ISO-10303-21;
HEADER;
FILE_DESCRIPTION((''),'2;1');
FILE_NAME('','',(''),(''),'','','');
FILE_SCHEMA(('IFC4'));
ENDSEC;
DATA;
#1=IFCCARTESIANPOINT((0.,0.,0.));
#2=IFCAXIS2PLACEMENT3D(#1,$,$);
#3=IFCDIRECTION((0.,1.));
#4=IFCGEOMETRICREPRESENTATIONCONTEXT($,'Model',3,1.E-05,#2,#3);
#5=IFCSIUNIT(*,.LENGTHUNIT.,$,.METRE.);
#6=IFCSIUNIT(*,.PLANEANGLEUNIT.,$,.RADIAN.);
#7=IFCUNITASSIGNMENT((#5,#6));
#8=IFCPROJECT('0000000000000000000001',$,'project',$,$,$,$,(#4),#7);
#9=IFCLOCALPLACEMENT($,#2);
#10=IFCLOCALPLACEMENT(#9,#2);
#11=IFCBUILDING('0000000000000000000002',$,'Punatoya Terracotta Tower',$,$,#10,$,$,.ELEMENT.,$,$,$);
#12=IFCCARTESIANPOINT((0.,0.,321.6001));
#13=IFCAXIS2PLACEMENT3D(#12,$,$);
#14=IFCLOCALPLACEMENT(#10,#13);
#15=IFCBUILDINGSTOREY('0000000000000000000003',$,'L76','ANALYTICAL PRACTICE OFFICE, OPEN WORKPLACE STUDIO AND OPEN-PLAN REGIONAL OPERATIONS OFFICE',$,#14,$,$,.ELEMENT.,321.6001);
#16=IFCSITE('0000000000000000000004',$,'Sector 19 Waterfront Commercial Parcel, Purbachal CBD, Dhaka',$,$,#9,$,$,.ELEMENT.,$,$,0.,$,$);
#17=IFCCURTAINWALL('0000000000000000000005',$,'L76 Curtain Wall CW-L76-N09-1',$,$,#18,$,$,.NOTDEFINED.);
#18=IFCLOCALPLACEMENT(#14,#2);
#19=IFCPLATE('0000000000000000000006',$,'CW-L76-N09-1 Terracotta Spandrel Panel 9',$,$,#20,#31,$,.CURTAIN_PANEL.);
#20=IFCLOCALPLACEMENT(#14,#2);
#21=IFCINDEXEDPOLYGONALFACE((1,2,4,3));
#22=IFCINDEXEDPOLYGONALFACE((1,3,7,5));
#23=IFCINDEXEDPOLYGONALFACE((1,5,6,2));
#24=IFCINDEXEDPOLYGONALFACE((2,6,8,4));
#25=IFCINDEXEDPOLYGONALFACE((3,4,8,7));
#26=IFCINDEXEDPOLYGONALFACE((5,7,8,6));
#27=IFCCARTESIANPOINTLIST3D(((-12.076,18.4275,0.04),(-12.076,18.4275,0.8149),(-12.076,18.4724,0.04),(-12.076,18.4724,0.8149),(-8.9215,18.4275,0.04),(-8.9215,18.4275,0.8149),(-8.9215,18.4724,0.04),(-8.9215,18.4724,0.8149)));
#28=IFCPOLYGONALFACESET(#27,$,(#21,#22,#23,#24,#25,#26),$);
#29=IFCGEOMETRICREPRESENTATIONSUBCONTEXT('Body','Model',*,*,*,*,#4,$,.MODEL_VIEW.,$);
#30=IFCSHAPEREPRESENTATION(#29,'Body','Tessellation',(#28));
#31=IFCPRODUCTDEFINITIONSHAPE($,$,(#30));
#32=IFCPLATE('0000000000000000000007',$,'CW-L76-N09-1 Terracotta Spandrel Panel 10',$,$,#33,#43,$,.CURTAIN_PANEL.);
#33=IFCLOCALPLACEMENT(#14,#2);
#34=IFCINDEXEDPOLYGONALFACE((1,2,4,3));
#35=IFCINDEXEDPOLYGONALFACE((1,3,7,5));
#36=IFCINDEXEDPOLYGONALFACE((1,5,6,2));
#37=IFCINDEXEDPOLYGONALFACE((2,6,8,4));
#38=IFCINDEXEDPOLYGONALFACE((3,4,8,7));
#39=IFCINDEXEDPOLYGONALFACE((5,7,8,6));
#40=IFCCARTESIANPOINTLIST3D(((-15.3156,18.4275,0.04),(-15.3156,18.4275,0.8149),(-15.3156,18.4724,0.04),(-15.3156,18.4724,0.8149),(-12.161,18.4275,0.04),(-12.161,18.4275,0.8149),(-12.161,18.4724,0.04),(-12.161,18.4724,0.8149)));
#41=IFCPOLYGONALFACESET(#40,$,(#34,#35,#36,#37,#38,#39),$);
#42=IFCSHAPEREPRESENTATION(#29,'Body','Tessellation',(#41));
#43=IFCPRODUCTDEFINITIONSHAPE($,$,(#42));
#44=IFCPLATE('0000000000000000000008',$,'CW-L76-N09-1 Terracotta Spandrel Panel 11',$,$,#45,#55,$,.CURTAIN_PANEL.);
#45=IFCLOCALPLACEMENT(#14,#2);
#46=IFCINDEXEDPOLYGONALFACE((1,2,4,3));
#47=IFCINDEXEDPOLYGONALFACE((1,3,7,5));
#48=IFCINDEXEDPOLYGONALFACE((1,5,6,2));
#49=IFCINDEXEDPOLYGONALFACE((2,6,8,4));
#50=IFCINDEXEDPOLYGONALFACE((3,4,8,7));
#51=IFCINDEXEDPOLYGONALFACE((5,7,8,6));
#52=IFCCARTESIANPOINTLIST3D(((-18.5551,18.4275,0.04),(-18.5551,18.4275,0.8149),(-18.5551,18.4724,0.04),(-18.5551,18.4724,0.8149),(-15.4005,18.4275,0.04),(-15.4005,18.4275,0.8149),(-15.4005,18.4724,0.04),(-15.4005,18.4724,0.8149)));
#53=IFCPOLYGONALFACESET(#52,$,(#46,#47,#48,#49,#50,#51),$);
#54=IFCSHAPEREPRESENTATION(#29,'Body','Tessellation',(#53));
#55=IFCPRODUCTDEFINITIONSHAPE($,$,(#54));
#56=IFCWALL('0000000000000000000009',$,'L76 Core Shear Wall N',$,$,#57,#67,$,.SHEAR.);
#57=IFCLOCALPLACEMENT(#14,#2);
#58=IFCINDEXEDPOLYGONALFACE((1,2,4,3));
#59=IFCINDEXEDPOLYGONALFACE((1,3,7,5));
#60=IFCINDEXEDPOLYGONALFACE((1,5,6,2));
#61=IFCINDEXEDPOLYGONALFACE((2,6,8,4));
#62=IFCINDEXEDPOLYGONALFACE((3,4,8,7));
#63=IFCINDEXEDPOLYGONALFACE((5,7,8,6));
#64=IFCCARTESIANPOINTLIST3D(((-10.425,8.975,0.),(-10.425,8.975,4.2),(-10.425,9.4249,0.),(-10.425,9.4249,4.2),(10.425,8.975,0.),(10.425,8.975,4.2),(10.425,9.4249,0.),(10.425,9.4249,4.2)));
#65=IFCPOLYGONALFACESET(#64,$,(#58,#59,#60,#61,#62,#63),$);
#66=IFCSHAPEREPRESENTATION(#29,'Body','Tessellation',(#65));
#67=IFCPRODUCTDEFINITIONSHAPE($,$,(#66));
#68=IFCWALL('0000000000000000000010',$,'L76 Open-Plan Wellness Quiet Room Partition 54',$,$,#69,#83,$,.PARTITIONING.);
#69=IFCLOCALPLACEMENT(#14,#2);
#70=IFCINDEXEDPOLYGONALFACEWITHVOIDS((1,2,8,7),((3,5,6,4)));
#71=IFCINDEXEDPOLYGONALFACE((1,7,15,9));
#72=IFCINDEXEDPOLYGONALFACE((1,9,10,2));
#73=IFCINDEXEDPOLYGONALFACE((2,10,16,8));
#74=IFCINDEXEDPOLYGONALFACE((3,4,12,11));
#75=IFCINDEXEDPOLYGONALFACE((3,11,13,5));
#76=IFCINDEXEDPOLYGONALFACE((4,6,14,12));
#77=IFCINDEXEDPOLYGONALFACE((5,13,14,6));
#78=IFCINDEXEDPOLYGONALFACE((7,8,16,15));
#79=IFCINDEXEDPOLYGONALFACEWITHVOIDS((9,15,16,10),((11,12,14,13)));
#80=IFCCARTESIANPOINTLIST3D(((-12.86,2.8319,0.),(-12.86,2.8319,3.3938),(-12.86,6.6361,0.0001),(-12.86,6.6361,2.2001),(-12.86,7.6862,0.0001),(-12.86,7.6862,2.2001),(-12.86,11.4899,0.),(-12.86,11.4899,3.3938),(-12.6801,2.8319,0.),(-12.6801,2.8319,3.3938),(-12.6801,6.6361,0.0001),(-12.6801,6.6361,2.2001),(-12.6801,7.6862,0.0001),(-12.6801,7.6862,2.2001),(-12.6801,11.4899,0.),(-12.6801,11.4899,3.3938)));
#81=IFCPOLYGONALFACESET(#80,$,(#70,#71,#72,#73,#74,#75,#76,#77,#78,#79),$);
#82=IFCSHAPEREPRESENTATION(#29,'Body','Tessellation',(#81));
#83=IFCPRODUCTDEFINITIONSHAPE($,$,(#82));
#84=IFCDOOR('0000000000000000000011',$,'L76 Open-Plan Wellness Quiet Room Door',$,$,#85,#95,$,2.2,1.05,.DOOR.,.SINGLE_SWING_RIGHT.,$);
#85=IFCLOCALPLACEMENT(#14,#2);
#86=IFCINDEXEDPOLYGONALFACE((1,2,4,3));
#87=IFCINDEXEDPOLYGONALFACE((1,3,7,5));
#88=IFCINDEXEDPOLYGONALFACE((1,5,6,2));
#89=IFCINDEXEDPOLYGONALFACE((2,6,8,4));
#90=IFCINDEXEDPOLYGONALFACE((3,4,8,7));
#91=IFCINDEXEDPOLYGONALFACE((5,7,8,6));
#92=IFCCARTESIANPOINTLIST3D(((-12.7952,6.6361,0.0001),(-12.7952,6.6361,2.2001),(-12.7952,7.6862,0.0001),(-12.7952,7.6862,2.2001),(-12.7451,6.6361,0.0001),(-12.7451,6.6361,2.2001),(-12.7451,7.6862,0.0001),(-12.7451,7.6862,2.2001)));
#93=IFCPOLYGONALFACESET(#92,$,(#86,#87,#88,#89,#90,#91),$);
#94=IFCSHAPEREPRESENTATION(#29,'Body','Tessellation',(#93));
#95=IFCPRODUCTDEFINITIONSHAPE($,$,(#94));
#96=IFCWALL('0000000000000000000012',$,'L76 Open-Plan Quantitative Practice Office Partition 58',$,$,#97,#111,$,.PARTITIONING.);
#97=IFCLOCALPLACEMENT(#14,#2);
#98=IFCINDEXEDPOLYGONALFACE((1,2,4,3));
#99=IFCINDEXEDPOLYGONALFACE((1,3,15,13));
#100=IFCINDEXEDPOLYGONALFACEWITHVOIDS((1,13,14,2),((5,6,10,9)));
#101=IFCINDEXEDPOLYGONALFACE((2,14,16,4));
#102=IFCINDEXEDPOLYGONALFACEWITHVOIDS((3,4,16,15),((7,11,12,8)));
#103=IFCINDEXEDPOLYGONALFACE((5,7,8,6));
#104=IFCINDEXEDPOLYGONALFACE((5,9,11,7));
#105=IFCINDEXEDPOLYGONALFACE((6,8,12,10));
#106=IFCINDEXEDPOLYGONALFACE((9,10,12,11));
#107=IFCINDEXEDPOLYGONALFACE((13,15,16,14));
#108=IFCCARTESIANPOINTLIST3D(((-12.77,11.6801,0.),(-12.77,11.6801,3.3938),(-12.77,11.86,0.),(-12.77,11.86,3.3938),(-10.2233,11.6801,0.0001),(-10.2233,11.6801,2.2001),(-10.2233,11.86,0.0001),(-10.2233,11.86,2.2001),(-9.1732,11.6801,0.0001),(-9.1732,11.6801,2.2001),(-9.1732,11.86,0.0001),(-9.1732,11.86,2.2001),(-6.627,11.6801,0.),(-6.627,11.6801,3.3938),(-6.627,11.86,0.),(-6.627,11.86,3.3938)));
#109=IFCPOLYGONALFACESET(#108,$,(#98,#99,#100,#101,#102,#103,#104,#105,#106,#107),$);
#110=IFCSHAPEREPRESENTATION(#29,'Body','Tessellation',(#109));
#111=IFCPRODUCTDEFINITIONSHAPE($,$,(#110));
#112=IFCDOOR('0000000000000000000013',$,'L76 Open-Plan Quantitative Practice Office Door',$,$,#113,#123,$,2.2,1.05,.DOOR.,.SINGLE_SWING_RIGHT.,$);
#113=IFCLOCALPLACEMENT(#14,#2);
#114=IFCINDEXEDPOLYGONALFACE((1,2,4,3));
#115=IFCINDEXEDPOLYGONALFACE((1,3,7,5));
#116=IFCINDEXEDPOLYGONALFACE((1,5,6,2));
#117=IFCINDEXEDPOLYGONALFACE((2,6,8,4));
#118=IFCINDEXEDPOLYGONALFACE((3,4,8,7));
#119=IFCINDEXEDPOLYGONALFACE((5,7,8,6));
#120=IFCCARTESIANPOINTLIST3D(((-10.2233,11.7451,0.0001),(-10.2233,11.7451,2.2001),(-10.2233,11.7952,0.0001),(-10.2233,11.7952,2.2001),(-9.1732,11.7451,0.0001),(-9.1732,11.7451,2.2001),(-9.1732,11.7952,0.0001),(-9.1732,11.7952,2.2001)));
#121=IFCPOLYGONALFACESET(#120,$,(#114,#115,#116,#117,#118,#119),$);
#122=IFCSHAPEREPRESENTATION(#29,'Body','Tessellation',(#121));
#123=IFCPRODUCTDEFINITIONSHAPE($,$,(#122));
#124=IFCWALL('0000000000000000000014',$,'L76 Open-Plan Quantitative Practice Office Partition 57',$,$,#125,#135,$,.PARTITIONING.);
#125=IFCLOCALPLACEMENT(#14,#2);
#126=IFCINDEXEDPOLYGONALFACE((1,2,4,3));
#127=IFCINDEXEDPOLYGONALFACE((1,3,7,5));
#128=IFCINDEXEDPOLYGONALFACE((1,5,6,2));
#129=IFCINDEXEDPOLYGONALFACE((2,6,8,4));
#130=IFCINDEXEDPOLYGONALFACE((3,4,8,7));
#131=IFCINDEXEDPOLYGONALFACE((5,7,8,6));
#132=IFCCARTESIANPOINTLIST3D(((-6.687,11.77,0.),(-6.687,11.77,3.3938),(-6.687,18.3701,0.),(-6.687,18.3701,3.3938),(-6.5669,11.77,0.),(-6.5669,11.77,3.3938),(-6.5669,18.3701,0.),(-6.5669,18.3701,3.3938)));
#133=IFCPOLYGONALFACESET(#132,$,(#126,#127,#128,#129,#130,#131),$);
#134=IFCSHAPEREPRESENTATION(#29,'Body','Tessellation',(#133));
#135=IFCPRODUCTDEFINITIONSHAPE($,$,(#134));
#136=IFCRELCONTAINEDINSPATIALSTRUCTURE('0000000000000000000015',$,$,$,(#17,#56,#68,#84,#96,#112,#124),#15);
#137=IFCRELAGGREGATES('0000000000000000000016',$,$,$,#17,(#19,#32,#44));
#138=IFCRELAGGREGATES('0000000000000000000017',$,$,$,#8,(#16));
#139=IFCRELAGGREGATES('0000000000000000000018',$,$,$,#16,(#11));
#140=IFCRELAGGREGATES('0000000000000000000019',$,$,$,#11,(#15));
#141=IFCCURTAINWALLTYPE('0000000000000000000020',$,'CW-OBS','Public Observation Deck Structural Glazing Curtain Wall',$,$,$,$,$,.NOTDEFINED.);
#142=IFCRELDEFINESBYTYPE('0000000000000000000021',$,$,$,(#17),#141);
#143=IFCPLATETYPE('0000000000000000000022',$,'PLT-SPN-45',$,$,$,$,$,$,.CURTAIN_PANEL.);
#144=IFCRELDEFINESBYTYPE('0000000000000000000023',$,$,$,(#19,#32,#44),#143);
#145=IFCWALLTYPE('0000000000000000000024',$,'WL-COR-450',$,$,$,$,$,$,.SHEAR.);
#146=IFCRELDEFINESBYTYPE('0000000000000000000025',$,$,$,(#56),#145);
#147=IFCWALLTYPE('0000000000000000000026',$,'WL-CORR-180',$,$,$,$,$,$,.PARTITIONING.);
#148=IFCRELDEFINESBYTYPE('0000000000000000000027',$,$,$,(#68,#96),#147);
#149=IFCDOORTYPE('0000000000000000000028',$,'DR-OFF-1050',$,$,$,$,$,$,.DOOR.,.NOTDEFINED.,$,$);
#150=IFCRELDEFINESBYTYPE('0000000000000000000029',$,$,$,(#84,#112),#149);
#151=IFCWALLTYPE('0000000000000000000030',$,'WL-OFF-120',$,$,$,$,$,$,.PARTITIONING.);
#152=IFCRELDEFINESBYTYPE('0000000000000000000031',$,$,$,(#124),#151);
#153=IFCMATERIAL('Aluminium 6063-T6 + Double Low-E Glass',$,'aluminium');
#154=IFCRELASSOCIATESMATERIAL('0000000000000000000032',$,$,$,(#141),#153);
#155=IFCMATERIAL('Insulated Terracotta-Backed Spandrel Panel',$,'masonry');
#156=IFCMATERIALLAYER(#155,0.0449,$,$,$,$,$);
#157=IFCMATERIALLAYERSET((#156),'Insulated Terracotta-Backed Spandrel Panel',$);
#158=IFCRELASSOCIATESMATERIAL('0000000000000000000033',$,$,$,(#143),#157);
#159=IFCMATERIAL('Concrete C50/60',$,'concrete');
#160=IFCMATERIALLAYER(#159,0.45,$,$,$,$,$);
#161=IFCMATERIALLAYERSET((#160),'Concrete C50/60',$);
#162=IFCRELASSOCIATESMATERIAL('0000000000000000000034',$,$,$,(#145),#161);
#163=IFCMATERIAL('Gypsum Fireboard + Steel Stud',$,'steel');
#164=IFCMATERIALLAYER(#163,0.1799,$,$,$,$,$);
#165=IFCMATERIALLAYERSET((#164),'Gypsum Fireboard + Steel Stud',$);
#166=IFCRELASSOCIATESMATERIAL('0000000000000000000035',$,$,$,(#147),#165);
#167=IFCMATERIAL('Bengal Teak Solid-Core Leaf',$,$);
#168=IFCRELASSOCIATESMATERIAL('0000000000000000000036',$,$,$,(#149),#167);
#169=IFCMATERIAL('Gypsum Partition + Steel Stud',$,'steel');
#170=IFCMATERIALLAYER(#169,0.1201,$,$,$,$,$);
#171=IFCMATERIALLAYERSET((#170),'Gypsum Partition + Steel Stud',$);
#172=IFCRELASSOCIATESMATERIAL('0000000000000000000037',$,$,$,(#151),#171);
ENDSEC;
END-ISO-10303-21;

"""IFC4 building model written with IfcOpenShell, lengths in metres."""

from ifc_helpers import new_model, si_unit, direction, frame, frame_2d, origin, origin_2d, place, context, subcontext, project, spatial, rectangle, extrude, material, layer, layer_set, type_object, element, fill, aggregate, save


model = new_model("IFC4")

# Units and contexts
model_context = context("Model", 3, precision=1e-05, world=origin(), true_north=direction((0.0, 1.0)))
body_context = subcontext(model_context, "Body", "Model", "MODEL_VIEW")
ifc_project = project(units=[si_unit("LENGTHUNIT", "METRE"), si_unit("PLANEANGLEUNIT", "RADIAN")], contexts=[model_context])

# Site, building, storey
site_placement = place(None, origin())
site = spatial("IfcSite", under=ifc_project, at=site_placement, Name="Sector 19 Waterfront Commercial Parcel, Purbachal CBD, Dhaka", CompositionType="ELEMENT", RefElevation=0.0)
building_placement = place(site_placement, origin())
building = spatial("IfcBuilding", under=site, at=building_placement, Name="Punatoya Terracotta Tower", CompositionType="ELEMENT")
storey_placement = place(building_placement, frame((0.0, 0.0, 321.6001)))
storey = spatial("IfcBuildingStorey", under=building, at=storey_placement, Name="L76", Description="ANALYTICAL PRACTICE OFFICE, OPEN WORKPLACE STUDIO AND OPEN-PLAN REGIONAL OPERATIONS OFFICE", CompositionType="ELEMENT", Elevation=321.6001)

# Curtain wall, plates
ifc_material_1 = material(Name="Aluminium 6063-T6 + Double Low-E Glass", Category="aluminium")
curtain_wall_type = type_object("IfcCurtainWallType", Name="CW-OBS", Description="Public Observation Deck Structural Glazing Curtain Wall", PredefinedType="NOTDEFINED", material=ifc_material_1)
curtain_wall_placement = place(storey_placement, origin())
curtain_wall = element("IfcCurtainWall", 1, at=curtain_wall_placement, inside=storey, type_object=curtain_wall_type, Name="L76 Curtain Wall CW-L76-N09-1", PredefinedType="NOTDEFINED")
ifc_material_2 = material(Name="Insulated Terracotta-Backed Spandrel Panel", Category="masonry")
ifc_layer_1 = layer(ifc_material_2, 0.0449)
ifc_layer_set_1 = layer_set([ifc_layer_1], Name="Insulated Terracotta-Backed Spandrel Panel")
plate_type_1 = type_object("IfcPlateType", Name="PLT-SPN-45", PredefinedType="CURTAIN_PANEL", material=ifc_layer_set_1)
plate_1_placement = place(storey_placement, frame((-10.4988, 18.45, 0.04), z_axis=(0.0, 0.0, 1.0), x_axis=(-1.0, 0.0, 0.0)))
plate_1 = element("IfcPlate", 2, at=plate_1_placement, type_object=plate_type_1, Name="CW-L76-N09-1 Terracotta Spandrel Panel 9", PredefinedType="CURTAIN_PANEL", context=body_context, shape_type="SweptSolid", body=[
    extrude(rectangle(XDim=3.1545, YDim=0.0449, at=origin_2d()), origin(), (0.0, 0.0, 1.0), 0.7749),
])
plate_2_placement = place(storey_placement, frame((-13.7383, 18.45, 0.04), z_axis=(0.0, 0.0, 1.0), x_axis=(-1.0, 0.0, 0.0)))
plate_2 = element("IfcPlate", 3, at=plate_2_placement, type_object=plate_type_1, Name="CW-L76-N09-1 Terracotta Spandrel Panel 10", PredefinedType="CURTAIN_PANEL", context=body_context, shape_type="SweptSolid", body=[
    extrude(rectangle(XDim=3.1545, YDim=0.0449, at=origin_2d()), origin(), (0.0, 0.0, 1.0), 0.7749),
])
plate_3_placement = place(storey_placement, frame((-16.9778, 18.45, 0.04), z_axis=(0.0, 0.0, 1.0), x_axis=(-1.0, 0.0, 0.0)))
plate_3 = element("IfcPlate", 4, at=plate_3_placement, type_object=plate_type_1, Name="CW-L76-N09-1 Terracotta Spandrel Panel 11", PredefinedType="CURTAIN_PANEL", context=body_context, shape_type="SweptSolid", body=[
    extrude(rectangle(XDim=3.1545, YDim=0.0449, at=origin_2d()), origin(), (0.0, 0.0, 1.0), 0.7749),
])
aggregate(curtain_wall, [plate_1, plate_2, plate_3])

# Wall
ifc_material_3 = material(Name="Concrete C50/60", Category="concrete")
ifc_layer_2 = layer(ifc_material_3, 0.45)
ifc_layer_set_2 = layer_set([ifc_layer_2], Name="Concrete C50/60")
wall_type_1 = type_object("IfcWallType", Name="WL-COR-450", PredefinedType="SHEAR", material=ifc_layer_set_2)
wall_1_placement = place(storey_placement, frame((-10.425, 9.2, 0.0), z_axis=(0.0, 0.0, 1.0), x_axis=(1.0, 0.0, 0.0)))
element("IfcWall", 5, at=wall_1_placement, inside=storey, type_object=wall_type_1, Name="L76 Core Shear Wall N", PredefinedType="SHEAR", context=body_context, shape_type="SweptSolid", body=[
    extrude(rectangle(XDim=20.8501, YDim=0.45, at=frame_2d((10.425, 0.0))), origin(), (0.0, 0.0, 1.0), 4.2),
])

# Walls, openings, doors
ifc_material_4 = material(Name="Gypsum Fireboard + Steel Stud", Category="steel")
ifc_layer_3 = layer(ifc_material_4, 0.1799)
ifc_layer_set_3 = layer_set([ifc_layer_3], Name="Gypsum Fireboard + Steel Stud")
wall_type_2 = type_object("IfcWallType", Name="WL-CORR-180", PredefinedType="PARTITIONING", material=ifc_layer_set_3)
wall_2_placement = place(storey_placement, frame((-12.77, 11.49, 0.0), z_axis=(0.0, 0.0, 1.0), x_axis=(0.0, -1.0, 0.0)))
wall_2 = element("IfcWall", 6, at=wall_2_placement, inside=storey, type_object=wall_type_2, Name="L76 Open-Plan Wellness Quiet Room Partition 54", PredefinedType="PARTITIONING", context=body_context, shape_type="SweptSolid", body=[
    extrude(rectangle(XDim=8.658, YDim=0.1799, at=frame_2d((4.3291, 0.0))), origin(), (0.0, 0.0, 1.0), 3.3938),
])
opening_1_placement = place(wall_2_placement, frame((3.804, 0.0, 0.0)))
opening_1 = element("IfcOpeningElement", 7, at=opening_1_placement, cuts=wall_2, PredefinedType="OPENING", context=body_context, shape_type="SweptSolid", body=[
    extrude(rectangle(XDim=1.05, YDim=2.2, at=frame_2d((0.5249, 1.1001))), frame((0.0, 0.0999, 0.0), z_axis=(0.0, -1.0, 0.0), x_axis=(1.0, 0.0, 0.0)), (0.0, 0.0, 1.0), 0.2),
])
ifc_material_5 = material(Name="Bengal Teak Solid-Core Leaf")
door_type = type_object("IfcDoorType", Name="DR-OFF-1050", OperationType="NOTDEFINED", PredefinedType="DOOR", material=ifc_material_5)
door_1_placement = place(opening_1_placement, origin())
door_1 = element("IfcDoor", 8, at=door_1_placement, inside=storey, type_object=door_type, Name="L76 Open-Plan Wellness Quiet Room Door", OperationType="SINGLE_SWING_RIGHT", OverallHeight=2.2, OverallWidth=1.05, PredefinedType="DOOR", context=body_context, shape_type="SweptSolid", body=[
    extrude(rectangle(XDim=1.05, YDim=2.2, at=frame_2d((0.5249, 1.1001))), frame((0.0, 0.0249, 0.0), z_axis=(0.0, -1.0, 0.0), x_axis=(1.0, 0.0, 0.0)), (0.0, 0.0, 1.0), 0.05),
])
fill(opening_1, door_1)
wall_3_placement = place(storey_placement, frame((-6.627, 11.77, 0.0), z_axis=(0.0, 0.0, 1.0), x_axis=(-1.0, 0.0, 0.0)))
wall_3 = element("IfcWall", 9, at=wall_3_placement, inside=storey, type_object=wall_type_2, Name="L76 Open-Plan Quantitative Practice Office Partition 58", PredefinedType="PARTITIONING", context=body_context, shape_type="SweptSolid", body=[
    extrude(rectangle(XDim=6.1431, YDim=0.1799, at=frame_2d((3.0715, 0.0))), origin(), (0.0, 0.0, 1.0), 3.3938),
])
opening_2_placement = place(wall_3_placement, frame((2.5464, 0.0, 0.0)))
opening_2 = element("IfcOpeningElement", 10, at=opening_2_placement, cuts=wall_3, PredefinedType="OPENING", context=body_context, shape_type="SweptSolid", body=[
    extrude(rectangle(XDim=1.05, YDim=2.2, at=frame_2d((0.5249, 1.1001))), frame((0.0, 0.0999, 0.0), z_axis=(0.0, -1.0, 0.0), x_axis=(1.0, 0.0, 0.0)), (0.0, 0.0, 1.0), 0.2),
])
door_2_placement = place(opening_2_placement, origin())
door_2 = element("IfcDoor", 11, at=door_2_placement, inside=storey, type_object=door_type, Name="L76 Open-Plan Quantitative Practice Office Door", OperationType="SINGLE_SWING_RIGHT", OverallHeight=2.2, OverallWidth=1.05, PredefinedType="DOOR", context=body_context, shape_type="SweptSolid", body=[
    extrude(rectangle(XDim=1.05, YDim=2.2, at=frame_2d((0.5249, 1.1001))), frame((0.0, 0.0249, 0.0), z_axis=(0.0, -1.0, 0.0), x_axis=(1.0, 0.0, 0.0)), (0.0, 0.0, 1.0), 0.05),
])
fill(opening_2, door_2)

# Wall
ifc_material_6 = material(Name="Gypsum Partition + Steel Stud", Category="steel")
ifc_layer_4 = layer(ifc_material_6, 0.1201)
ifc_layer_set_4 = layer_set([ifc_layer_4], Name="Gypsum Partition + Steel Stud")
wall_type_3 = type_object("IfcWallType", Name="WL-OFF-120", PredefinedType="PARTITIONING", material=ifc_layer_set_4)
wall_4_placement = place(storey_placement, frame((-6.627, 18.3701, 0.0), z_axis=(0.0, 0.0, 1.0), x_axis=(0.0, -1.0, 0.0)))
element("IfcWall", 12, at=wall_4_placement, inside=storey, type_object=wall_type_3, Name="L76 Open-Plan Quantitative Practice Office Partition 57", PredefinedType="PARTITIONING", context=body_context, shape_type="SweptSolid", body=[
    extrude(rectangle(XDim=6.6001, YDim=0.1201, at=frame_2d((3.3, 0.0))), origin(), (0.0, 0.0, 1.0), 3.3938),
])

save(model, "model.ifc")
